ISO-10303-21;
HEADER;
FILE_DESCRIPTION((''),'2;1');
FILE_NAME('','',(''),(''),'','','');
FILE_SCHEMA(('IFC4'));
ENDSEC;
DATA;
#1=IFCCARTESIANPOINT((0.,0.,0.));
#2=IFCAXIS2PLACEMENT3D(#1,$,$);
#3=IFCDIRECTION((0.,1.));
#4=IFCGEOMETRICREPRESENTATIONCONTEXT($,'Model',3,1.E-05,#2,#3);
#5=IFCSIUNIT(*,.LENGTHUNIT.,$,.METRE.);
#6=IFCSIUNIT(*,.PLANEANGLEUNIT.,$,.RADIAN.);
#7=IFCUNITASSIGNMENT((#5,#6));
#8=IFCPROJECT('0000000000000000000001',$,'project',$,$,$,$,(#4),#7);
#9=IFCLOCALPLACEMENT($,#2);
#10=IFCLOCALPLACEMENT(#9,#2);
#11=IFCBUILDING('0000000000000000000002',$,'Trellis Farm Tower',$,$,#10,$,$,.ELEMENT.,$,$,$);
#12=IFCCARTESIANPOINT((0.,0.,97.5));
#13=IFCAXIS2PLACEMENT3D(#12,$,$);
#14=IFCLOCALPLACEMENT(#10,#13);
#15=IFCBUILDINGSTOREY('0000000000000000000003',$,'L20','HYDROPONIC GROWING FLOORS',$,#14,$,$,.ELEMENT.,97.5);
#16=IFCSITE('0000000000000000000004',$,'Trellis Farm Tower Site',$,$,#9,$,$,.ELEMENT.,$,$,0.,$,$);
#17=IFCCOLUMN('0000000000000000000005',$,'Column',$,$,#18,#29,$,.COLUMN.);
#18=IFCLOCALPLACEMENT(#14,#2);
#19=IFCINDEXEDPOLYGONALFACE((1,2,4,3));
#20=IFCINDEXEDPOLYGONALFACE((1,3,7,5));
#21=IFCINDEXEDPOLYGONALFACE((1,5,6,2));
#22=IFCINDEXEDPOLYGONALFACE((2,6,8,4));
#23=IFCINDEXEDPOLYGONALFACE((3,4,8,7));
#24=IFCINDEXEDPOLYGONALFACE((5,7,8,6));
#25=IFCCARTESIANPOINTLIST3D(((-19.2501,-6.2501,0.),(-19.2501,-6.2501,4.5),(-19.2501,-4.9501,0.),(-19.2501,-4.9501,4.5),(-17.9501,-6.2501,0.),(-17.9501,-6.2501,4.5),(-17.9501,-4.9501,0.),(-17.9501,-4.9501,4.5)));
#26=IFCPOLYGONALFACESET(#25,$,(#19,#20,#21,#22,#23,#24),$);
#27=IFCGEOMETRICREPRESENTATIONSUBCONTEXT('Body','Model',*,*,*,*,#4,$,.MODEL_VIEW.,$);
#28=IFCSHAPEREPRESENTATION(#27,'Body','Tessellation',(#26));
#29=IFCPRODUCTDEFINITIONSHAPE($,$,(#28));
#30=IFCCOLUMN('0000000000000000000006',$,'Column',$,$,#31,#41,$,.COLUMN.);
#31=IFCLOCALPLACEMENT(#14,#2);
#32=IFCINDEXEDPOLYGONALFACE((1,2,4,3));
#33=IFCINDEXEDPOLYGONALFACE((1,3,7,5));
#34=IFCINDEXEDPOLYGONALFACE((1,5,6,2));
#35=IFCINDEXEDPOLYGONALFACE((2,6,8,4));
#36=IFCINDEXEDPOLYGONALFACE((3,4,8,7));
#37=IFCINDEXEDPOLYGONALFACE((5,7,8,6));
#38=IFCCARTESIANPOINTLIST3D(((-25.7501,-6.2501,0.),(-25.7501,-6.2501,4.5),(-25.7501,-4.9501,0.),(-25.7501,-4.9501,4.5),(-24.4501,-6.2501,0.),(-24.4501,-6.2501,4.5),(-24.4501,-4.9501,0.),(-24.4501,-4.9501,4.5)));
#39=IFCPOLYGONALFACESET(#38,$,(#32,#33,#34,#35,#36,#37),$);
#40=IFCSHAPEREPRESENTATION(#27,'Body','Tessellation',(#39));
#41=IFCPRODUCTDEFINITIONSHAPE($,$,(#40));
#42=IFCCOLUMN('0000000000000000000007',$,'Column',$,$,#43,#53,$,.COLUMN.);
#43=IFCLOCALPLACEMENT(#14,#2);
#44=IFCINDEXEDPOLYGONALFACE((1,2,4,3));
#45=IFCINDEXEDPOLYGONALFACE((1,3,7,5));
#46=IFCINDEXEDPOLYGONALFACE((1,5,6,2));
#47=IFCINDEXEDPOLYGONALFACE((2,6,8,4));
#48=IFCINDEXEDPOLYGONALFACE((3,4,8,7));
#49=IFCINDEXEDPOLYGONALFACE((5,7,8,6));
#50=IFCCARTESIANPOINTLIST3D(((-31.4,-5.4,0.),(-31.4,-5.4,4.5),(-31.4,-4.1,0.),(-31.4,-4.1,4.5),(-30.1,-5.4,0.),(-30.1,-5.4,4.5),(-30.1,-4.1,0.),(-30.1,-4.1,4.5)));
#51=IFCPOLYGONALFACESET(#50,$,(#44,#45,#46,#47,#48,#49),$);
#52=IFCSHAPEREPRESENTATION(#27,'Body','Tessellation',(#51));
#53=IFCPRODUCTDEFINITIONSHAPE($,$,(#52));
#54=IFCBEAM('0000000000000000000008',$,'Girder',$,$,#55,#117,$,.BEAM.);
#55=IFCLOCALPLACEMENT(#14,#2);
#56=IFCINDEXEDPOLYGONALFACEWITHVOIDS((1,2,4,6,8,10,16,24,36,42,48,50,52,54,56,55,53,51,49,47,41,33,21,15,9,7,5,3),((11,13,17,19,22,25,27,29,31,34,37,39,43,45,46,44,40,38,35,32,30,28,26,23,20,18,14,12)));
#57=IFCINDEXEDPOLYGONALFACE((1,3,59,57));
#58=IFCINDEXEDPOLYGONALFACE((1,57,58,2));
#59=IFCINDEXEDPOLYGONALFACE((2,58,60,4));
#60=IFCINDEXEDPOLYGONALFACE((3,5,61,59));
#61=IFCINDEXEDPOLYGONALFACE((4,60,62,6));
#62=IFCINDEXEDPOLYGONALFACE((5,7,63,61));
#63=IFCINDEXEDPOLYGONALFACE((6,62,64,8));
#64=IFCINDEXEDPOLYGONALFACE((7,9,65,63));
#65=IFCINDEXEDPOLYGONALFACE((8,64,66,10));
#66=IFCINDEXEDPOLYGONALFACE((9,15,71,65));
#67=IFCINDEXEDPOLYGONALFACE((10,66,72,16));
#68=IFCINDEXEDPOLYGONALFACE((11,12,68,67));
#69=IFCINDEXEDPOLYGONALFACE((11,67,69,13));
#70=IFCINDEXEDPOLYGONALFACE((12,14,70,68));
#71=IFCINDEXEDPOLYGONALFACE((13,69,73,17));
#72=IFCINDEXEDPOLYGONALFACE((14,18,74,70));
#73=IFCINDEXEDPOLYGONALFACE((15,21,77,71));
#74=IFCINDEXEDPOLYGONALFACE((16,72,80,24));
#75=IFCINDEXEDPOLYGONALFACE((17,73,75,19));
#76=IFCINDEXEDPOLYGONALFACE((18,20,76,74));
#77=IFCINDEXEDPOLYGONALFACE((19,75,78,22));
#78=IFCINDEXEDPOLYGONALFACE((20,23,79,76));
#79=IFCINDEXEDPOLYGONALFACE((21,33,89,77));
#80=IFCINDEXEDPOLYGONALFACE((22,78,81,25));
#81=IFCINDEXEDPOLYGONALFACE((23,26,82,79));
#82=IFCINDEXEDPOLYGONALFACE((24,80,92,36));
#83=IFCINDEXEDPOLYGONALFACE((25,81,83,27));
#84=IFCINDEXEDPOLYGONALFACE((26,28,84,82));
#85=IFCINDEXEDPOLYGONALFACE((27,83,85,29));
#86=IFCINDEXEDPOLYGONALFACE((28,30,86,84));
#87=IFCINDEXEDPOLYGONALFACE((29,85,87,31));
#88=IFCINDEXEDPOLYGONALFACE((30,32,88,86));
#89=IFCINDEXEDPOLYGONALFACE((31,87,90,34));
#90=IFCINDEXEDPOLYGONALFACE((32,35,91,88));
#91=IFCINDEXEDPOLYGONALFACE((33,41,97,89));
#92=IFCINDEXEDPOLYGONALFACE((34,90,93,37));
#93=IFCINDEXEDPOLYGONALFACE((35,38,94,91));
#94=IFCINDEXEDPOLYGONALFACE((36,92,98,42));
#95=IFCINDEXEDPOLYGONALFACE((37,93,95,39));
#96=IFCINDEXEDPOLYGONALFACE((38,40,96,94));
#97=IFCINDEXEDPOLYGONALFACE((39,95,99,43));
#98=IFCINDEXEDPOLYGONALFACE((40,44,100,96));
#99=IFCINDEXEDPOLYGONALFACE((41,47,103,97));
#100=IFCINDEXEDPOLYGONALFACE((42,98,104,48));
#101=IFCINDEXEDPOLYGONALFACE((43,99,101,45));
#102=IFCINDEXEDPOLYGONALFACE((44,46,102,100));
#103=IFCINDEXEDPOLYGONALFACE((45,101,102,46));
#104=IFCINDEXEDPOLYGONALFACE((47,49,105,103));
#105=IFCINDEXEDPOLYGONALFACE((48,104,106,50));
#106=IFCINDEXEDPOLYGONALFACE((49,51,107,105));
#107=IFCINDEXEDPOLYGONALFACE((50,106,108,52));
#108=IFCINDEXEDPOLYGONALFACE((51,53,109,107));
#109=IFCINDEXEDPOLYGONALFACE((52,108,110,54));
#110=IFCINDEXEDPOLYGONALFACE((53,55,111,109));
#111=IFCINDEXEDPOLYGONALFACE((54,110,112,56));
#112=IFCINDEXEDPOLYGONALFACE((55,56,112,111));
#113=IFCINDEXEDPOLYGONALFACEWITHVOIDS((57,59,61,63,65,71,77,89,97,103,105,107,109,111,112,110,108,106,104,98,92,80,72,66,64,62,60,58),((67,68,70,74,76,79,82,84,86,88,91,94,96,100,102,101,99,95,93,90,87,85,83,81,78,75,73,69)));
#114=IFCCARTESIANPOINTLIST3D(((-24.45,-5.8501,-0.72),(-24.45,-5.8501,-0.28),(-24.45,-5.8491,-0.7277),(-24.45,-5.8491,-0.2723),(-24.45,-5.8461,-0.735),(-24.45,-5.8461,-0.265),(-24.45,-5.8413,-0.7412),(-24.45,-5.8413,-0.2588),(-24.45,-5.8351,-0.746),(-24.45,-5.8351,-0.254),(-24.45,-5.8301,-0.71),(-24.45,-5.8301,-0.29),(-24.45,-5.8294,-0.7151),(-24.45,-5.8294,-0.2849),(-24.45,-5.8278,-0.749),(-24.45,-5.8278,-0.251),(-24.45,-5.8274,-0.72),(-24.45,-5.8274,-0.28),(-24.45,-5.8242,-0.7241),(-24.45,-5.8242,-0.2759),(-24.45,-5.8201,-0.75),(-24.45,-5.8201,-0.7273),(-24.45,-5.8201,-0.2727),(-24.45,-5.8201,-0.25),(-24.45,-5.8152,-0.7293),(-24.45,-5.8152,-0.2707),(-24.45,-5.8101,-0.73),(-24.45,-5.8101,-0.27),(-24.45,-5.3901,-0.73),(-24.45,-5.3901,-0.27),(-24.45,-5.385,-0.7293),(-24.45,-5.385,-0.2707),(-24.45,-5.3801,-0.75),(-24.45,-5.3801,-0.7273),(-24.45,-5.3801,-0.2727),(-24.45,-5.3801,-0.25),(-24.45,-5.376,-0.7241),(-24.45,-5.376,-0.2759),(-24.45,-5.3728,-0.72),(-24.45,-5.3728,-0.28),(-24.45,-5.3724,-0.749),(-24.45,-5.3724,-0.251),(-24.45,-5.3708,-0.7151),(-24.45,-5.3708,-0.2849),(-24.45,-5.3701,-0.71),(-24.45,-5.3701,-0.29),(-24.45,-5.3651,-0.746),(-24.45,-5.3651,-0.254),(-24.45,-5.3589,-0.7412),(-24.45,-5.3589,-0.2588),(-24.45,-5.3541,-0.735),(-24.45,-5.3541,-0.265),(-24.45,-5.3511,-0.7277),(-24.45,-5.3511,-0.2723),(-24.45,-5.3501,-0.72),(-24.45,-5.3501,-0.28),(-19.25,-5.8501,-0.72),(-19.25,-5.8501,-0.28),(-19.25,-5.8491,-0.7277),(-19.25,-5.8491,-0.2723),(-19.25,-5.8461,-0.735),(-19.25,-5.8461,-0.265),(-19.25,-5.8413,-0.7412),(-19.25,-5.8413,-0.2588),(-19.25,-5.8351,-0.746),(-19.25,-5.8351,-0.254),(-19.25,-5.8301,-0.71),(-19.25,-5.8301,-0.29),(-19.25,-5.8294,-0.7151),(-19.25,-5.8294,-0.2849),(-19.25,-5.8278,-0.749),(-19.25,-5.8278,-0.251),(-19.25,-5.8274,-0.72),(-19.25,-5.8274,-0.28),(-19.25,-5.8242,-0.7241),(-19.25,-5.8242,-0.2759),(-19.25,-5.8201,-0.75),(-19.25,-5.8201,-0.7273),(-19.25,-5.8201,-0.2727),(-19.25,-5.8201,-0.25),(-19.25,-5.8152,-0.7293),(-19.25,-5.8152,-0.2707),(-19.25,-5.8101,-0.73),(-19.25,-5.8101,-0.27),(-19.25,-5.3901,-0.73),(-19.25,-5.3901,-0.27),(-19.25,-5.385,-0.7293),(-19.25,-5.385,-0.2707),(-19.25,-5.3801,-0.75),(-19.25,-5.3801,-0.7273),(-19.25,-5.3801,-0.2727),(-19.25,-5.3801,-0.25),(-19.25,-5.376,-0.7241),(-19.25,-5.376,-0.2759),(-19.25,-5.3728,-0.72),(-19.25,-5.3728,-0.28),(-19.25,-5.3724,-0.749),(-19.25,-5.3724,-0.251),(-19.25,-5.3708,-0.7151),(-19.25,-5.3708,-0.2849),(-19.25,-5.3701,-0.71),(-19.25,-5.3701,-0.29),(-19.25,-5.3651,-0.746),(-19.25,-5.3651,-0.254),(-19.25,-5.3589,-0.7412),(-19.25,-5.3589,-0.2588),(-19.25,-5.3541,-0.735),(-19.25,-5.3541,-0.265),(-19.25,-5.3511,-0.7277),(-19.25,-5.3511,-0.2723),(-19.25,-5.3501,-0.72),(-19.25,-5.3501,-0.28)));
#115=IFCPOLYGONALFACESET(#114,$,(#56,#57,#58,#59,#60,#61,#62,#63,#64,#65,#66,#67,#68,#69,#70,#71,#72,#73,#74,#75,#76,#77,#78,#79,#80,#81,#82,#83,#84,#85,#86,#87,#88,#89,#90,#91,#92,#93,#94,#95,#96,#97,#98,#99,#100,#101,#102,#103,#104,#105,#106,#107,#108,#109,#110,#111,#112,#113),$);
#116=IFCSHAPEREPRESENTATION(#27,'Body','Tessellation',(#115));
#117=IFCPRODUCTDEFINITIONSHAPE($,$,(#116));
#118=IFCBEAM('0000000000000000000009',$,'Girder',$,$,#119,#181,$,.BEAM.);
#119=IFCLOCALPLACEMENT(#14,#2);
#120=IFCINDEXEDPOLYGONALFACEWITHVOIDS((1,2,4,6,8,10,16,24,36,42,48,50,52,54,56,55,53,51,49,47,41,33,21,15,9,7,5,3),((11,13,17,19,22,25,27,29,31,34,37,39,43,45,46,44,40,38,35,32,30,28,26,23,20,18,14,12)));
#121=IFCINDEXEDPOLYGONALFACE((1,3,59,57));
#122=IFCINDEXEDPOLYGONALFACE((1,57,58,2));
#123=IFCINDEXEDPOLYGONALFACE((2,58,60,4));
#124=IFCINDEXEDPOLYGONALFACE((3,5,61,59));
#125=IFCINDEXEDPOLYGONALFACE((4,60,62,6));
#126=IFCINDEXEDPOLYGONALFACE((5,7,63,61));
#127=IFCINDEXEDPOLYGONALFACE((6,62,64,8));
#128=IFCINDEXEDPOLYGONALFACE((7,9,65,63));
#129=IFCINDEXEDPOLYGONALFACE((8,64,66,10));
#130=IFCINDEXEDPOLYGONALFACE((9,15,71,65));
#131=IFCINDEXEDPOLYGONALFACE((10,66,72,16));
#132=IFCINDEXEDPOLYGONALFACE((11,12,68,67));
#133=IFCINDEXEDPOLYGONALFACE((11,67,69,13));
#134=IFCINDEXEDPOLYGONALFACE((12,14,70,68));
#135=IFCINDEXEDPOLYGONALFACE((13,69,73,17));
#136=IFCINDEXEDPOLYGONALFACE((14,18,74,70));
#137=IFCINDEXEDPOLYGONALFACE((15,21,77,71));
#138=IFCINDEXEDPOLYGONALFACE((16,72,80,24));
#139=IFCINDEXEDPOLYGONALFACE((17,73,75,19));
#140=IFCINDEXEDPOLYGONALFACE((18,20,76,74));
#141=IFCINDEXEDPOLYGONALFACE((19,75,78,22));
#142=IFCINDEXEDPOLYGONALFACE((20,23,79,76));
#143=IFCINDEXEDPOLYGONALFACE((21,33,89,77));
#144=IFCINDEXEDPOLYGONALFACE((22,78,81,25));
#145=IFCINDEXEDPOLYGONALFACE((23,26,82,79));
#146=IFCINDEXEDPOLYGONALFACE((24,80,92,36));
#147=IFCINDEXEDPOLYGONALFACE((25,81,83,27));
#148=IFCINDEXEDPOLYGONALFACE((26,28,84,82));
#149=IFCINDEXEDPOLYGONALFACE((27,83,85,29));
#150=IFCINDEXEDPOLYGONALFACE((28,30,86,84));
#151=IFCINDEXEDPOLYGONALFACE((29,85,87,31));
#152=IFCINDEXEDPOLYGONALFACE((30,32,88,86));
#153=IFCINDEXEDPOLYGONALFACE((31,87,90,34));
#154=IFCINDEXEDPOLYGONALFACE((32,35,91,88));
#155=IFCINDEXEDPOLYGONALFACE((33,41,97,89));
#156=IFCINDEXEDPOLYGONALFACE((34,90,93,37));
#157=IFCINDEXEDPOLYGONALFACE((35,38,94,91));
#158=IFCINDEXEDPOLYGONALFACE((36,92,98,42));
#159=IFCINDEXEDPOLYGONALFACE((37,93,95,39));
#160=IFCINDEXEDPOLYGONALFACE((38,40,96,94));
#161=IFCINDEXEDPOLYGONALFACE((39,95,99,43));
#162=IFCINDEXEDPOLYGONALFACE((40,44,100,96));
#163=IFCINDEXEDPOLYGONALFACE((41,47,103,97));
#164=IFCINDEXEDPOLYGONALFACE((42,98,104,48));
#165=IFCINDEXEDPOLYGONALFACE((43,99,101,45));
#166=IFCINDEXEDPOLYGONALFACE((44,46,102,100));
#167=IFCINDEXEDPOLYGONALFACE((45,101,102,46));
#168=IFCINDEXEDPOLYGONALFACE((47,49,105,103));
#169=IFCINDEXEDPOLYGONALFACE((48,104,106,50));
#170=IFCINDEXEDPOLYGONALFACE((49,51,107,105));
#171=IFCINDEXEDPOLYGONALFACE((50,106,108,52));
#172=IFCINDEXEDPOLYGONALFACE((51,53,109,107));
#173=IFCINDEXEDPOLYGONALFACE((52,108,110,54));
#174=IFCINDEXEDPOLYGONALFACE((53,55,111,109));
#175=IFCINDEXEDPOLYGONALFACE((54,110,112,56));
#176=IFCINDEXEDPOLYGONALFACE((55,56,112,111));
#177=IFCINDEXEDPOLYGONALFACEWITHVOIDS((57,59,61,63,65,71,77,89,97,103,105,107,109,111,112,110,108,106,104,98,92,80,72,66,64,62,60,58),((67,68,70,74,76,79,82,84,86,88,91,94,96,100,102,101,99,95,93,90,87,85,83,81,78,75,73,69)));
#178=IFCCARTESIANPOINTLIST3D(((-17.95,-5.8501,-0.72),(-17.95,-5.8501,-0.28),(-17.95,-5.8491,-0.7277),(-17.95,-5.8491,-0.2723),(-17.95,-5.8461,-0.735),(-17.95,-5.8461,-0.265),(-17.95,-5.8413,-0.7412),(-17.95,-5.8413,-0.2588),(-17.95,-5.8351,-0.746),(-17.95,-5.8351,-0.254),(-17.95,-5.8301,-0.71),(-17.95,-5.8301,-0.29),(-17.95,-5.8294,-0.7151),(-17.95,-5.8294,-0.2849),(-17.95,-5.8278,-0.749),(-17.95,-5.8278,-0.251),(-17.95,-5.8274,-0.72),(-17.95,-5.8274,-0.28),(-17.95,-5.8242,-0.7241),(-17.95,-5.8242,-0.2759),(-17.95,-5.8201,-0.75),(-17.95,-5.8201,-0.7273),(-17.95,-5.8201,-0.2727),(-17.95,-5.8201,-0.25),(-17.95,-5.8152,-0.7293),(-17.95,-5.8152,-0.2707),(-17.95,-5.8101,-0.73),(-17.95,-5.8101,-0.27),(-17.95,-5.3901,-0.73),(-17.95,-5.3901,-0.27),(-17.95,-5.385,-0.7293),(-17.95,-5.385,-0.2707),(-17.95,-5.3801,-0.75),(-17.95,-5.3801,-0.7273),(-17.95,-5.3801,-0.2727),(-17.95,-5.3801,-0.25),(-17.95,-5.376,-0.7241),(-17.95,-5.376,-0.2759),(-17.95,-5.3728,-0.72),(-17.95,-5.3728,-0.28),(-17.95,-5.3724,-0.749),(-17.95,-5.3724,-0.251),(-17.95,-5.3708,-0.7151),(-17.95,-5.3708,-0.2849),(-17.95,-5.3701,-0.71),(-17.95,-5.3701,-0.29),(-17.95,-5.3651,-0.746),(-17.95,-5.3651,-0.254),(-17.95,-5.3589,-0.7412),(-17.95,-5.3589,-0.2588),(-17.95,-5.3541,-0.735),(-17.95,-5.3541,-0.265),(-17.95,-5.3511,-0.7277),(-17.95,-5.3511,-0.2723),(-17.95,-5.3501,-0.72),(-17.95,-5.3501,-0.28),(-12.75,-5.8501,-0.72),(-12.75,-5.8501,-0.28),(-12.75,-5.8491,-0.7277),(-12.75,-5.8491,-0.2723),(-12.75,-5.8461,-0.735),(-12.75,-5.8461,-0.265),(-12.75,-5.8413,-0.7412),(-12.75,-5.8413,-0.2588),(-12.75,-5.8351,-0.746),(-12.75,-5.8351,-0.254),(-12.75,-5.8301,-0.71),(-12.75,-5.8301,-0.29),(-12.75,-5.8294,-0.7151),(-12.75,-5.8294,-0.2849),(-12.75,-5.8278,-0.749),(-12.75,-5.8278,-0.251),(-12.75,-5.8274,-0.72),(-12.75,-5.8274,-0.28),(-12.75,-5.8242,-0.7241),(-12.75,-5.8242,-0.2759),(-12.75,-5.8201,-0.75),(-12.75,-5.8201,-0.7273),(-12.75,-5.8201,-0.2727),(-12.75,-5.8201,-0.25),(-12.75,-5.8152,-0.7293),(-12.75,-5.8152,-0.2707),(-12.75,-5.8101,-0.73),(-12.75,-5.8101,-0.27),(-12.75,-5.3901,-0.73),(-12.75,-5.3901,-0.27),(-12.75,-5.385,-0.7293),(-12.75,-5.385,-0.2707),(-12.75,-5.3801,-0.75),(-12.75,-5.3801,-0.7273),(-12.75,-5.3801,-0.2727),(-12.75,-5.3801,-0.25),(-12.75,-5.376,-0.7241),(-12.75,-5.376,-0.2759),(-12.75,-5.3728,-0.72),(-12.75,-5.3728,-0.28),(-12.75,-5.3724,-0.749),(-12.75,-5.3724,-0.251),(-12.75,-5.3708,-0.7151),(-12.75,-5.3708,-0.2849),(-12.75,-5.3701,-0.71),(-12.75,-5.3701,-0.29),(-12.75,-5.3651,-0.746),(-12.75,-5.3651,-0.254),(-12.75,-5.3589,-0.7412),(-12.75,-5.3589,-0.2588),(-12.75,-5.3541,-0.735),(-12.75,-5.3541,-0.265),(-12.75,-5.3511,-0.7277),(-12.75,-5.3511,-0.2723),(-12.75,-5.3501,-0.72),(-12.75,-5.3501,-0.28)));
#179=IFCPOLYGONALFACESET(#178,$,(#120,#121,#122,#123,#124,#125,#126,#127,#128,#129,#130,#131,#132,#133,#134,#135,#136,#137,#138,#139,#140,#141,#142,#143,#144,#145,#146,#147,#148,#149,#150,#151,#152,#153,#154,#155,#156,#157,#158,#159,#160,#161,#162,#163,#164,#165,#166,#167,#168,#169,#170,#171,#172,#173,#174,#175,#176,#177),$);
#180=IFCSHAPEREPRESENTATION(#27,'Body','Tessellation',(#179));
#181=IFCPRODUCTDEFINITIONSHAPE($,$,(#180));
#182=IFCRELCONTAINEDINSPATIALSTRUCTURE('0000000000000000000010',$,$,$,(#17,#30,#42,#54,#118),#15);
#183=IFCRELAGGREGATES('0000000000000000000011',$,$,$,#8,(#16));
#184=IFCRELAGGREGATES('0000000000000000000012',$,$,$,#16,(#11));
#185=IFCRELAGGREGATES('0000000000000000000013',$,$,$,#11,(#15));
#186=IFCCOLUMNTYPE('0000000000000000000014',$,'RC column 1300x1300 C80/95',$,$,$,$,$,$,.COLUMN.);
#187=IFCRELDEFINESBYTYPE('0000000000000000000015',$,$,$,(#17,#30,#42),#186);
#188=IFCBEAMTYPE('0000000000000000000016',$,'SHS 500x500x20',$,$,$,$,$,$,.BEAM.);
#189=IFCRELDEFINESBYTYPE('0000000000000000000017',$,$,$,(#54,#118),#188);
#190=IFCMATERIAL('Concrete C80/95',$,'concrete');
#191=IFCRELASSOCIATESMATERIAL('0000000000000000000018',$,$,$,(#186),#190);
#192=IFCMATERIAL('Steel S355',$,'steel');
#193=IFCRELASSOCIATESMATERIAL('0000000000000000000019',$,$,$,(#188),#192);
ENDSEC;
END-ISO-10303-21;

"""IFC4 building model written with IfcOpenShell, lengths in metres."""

from ifc_helpers import new_model, si_unit, direction, frame, origin, origin_2d, place, context, subcontext, project, spatial, rectangle, hollow_rectangle, extrude, source, transform, mapped, material, material_profile, profile_set, type_object, element, save


model = new_model("IFC4")

# Units and contexts
model_context = context("Model", 3, precision=1e-05, world=origin(), true_north=direction((0.0, 1.0)))
body_context = subcontext(model_context, "Body", "Model", "MODEL_VIEW")
ifc_project = project(units=[si_unit("LENGTHUNIT", "METRE"), si_unit("PLANEANGLEUNIT", "RADIAN")], contexts=[model_context])

# Site, building, storey
site_placement = place(None, origin())
site = spatial("IfcSite", under=ifc_project, at=site_placement, Name="Trellis Farm Tower Site", CompositionType="ELEMENT", RefElevation=0.0)
building_placement = place(site_placement, origin())
building = spatial("IfcBuilding", under=site, at=building_placement, Name="Trellis Farm Tower", CompositionType="ELEMENT")
storey_placement = place(building_placement, frame((0.0, 0.0, 97.5)))
storey = spatial("IfcBuildingStorey", under=building, at=storey_placement, Name="L20", Description="HYDROPONIC GROWING FLOORS", CompositionType="ELEMENT", Elevation=97.5)

# Columns
ifc_material_1 = material(Name="Concrete C80/95", Category="concrete")
ifc_material_profile_1 = material_profile(ifc_material_1, rectangle(XDim=1.3, YDim=1.3, at=origin_2d()), Name="RC column 1300x1300 C80/95")
ifc_profile_set_1 = profile_set([ifc_material_profile_1], Name="Concrete C80/95")
column_type = type_object("IfcColumnType", Name="RC column 1300x1300 C80/95", PredefinedType="COLUMN", material=ifc_profile_set_1)
shared_shape_1 = source(origin(), body_context, "Body", "SweptSolid", [
    extrude(rectangle(XDim=1.3, YDim=1.3, at=origin_2d()), origin(), (0.0, 0.0, 1.0), 4.5),
])
for number, where, z_axis, x_axis, name in (
    (1, (-18.6001, -5.6001, 0.0), (0.0, 0.0, 1.0), (1.0, 0.0, 0.0), "Column"),
    (2, (-25.1001, -5.6001, 0.0), (0.0, 0.0, 1.0), (1.0, 0.0, 0.0), "Column"),
    (3, (-30.75, -4.75, 0.0), (0.0, 0.0, 1.0), (1.0, 0.0, 0.0), "Column"),
):
    element("IfcColumn", number, at=place(storey_placement, frame(where, z_axis=z_axis, x_axis=x_axis)), inside=storey, type_object=column_type, Name=name, PredefinedType="COLUMN", context=body_context, shape_type="MappedRepresentation", body=[
        mapped(shared_shape_1, transform((0.0, 0.0, 0.0))),
    ])

# Beams
ifc_material_2 = material(Name="Steel S355", Category="steel")
ifc_material_profile_2 = material_profile(ifc_material_2, hollow_rectangle(XDim=0.5, YDim=0.5, WallThickness=0.02, InnerFilletRadius=0.02, OuterFilletRadius=0.03, at=origin_2d()), Name="SHS 500x500x20")
ifc_profile_set_2 = profile_set([ifc_material_profile_2], Name="Steel S355")
beam_type_1 = type_object("IfcBeamType", Name="SHS 500x500x20", PredefinedType="BEAM", material=ifc_profile_set_2)
shared_shape_2 = source(origin(), body_context, "Body", "SweptSolid", [
    extrude(hollow_rectangle(XDim=0.5, YDim=0.5, WallThickness=0.02, InnerFilletRadius=0.02, OuterFilletRadius=0.03, at=origin_2d()), origin(), (0.0, 0.0, 1.0), 5.2),
])
for number, where, z_axis, x_axis, name in (
    (4, (-24.45, -5.6001, -0.5), (1.0, 0.0, 0.0), (0.0, 1.0, 0.0), "Girder"),
    (5, (-17.95, -5.6001, -0.5), (1.0, 0.0, 0.0), (0.0, 1.0, 0.0), "Girder"),
):
    element("IfcBeam", number, at=place(storey_placement, frame(where, z_axis=z_axis, x_axis=x_axis)), inside=storey, type_object=beam_type_1, Name=name, PredefinedType="BEAM", context=body_context, shape_type="MappedRepresentation", body=[
        mapped(shared_shape_2, transform((0.0, 0.0, 0.0))),
    ])

save(model, "model.ifc")
